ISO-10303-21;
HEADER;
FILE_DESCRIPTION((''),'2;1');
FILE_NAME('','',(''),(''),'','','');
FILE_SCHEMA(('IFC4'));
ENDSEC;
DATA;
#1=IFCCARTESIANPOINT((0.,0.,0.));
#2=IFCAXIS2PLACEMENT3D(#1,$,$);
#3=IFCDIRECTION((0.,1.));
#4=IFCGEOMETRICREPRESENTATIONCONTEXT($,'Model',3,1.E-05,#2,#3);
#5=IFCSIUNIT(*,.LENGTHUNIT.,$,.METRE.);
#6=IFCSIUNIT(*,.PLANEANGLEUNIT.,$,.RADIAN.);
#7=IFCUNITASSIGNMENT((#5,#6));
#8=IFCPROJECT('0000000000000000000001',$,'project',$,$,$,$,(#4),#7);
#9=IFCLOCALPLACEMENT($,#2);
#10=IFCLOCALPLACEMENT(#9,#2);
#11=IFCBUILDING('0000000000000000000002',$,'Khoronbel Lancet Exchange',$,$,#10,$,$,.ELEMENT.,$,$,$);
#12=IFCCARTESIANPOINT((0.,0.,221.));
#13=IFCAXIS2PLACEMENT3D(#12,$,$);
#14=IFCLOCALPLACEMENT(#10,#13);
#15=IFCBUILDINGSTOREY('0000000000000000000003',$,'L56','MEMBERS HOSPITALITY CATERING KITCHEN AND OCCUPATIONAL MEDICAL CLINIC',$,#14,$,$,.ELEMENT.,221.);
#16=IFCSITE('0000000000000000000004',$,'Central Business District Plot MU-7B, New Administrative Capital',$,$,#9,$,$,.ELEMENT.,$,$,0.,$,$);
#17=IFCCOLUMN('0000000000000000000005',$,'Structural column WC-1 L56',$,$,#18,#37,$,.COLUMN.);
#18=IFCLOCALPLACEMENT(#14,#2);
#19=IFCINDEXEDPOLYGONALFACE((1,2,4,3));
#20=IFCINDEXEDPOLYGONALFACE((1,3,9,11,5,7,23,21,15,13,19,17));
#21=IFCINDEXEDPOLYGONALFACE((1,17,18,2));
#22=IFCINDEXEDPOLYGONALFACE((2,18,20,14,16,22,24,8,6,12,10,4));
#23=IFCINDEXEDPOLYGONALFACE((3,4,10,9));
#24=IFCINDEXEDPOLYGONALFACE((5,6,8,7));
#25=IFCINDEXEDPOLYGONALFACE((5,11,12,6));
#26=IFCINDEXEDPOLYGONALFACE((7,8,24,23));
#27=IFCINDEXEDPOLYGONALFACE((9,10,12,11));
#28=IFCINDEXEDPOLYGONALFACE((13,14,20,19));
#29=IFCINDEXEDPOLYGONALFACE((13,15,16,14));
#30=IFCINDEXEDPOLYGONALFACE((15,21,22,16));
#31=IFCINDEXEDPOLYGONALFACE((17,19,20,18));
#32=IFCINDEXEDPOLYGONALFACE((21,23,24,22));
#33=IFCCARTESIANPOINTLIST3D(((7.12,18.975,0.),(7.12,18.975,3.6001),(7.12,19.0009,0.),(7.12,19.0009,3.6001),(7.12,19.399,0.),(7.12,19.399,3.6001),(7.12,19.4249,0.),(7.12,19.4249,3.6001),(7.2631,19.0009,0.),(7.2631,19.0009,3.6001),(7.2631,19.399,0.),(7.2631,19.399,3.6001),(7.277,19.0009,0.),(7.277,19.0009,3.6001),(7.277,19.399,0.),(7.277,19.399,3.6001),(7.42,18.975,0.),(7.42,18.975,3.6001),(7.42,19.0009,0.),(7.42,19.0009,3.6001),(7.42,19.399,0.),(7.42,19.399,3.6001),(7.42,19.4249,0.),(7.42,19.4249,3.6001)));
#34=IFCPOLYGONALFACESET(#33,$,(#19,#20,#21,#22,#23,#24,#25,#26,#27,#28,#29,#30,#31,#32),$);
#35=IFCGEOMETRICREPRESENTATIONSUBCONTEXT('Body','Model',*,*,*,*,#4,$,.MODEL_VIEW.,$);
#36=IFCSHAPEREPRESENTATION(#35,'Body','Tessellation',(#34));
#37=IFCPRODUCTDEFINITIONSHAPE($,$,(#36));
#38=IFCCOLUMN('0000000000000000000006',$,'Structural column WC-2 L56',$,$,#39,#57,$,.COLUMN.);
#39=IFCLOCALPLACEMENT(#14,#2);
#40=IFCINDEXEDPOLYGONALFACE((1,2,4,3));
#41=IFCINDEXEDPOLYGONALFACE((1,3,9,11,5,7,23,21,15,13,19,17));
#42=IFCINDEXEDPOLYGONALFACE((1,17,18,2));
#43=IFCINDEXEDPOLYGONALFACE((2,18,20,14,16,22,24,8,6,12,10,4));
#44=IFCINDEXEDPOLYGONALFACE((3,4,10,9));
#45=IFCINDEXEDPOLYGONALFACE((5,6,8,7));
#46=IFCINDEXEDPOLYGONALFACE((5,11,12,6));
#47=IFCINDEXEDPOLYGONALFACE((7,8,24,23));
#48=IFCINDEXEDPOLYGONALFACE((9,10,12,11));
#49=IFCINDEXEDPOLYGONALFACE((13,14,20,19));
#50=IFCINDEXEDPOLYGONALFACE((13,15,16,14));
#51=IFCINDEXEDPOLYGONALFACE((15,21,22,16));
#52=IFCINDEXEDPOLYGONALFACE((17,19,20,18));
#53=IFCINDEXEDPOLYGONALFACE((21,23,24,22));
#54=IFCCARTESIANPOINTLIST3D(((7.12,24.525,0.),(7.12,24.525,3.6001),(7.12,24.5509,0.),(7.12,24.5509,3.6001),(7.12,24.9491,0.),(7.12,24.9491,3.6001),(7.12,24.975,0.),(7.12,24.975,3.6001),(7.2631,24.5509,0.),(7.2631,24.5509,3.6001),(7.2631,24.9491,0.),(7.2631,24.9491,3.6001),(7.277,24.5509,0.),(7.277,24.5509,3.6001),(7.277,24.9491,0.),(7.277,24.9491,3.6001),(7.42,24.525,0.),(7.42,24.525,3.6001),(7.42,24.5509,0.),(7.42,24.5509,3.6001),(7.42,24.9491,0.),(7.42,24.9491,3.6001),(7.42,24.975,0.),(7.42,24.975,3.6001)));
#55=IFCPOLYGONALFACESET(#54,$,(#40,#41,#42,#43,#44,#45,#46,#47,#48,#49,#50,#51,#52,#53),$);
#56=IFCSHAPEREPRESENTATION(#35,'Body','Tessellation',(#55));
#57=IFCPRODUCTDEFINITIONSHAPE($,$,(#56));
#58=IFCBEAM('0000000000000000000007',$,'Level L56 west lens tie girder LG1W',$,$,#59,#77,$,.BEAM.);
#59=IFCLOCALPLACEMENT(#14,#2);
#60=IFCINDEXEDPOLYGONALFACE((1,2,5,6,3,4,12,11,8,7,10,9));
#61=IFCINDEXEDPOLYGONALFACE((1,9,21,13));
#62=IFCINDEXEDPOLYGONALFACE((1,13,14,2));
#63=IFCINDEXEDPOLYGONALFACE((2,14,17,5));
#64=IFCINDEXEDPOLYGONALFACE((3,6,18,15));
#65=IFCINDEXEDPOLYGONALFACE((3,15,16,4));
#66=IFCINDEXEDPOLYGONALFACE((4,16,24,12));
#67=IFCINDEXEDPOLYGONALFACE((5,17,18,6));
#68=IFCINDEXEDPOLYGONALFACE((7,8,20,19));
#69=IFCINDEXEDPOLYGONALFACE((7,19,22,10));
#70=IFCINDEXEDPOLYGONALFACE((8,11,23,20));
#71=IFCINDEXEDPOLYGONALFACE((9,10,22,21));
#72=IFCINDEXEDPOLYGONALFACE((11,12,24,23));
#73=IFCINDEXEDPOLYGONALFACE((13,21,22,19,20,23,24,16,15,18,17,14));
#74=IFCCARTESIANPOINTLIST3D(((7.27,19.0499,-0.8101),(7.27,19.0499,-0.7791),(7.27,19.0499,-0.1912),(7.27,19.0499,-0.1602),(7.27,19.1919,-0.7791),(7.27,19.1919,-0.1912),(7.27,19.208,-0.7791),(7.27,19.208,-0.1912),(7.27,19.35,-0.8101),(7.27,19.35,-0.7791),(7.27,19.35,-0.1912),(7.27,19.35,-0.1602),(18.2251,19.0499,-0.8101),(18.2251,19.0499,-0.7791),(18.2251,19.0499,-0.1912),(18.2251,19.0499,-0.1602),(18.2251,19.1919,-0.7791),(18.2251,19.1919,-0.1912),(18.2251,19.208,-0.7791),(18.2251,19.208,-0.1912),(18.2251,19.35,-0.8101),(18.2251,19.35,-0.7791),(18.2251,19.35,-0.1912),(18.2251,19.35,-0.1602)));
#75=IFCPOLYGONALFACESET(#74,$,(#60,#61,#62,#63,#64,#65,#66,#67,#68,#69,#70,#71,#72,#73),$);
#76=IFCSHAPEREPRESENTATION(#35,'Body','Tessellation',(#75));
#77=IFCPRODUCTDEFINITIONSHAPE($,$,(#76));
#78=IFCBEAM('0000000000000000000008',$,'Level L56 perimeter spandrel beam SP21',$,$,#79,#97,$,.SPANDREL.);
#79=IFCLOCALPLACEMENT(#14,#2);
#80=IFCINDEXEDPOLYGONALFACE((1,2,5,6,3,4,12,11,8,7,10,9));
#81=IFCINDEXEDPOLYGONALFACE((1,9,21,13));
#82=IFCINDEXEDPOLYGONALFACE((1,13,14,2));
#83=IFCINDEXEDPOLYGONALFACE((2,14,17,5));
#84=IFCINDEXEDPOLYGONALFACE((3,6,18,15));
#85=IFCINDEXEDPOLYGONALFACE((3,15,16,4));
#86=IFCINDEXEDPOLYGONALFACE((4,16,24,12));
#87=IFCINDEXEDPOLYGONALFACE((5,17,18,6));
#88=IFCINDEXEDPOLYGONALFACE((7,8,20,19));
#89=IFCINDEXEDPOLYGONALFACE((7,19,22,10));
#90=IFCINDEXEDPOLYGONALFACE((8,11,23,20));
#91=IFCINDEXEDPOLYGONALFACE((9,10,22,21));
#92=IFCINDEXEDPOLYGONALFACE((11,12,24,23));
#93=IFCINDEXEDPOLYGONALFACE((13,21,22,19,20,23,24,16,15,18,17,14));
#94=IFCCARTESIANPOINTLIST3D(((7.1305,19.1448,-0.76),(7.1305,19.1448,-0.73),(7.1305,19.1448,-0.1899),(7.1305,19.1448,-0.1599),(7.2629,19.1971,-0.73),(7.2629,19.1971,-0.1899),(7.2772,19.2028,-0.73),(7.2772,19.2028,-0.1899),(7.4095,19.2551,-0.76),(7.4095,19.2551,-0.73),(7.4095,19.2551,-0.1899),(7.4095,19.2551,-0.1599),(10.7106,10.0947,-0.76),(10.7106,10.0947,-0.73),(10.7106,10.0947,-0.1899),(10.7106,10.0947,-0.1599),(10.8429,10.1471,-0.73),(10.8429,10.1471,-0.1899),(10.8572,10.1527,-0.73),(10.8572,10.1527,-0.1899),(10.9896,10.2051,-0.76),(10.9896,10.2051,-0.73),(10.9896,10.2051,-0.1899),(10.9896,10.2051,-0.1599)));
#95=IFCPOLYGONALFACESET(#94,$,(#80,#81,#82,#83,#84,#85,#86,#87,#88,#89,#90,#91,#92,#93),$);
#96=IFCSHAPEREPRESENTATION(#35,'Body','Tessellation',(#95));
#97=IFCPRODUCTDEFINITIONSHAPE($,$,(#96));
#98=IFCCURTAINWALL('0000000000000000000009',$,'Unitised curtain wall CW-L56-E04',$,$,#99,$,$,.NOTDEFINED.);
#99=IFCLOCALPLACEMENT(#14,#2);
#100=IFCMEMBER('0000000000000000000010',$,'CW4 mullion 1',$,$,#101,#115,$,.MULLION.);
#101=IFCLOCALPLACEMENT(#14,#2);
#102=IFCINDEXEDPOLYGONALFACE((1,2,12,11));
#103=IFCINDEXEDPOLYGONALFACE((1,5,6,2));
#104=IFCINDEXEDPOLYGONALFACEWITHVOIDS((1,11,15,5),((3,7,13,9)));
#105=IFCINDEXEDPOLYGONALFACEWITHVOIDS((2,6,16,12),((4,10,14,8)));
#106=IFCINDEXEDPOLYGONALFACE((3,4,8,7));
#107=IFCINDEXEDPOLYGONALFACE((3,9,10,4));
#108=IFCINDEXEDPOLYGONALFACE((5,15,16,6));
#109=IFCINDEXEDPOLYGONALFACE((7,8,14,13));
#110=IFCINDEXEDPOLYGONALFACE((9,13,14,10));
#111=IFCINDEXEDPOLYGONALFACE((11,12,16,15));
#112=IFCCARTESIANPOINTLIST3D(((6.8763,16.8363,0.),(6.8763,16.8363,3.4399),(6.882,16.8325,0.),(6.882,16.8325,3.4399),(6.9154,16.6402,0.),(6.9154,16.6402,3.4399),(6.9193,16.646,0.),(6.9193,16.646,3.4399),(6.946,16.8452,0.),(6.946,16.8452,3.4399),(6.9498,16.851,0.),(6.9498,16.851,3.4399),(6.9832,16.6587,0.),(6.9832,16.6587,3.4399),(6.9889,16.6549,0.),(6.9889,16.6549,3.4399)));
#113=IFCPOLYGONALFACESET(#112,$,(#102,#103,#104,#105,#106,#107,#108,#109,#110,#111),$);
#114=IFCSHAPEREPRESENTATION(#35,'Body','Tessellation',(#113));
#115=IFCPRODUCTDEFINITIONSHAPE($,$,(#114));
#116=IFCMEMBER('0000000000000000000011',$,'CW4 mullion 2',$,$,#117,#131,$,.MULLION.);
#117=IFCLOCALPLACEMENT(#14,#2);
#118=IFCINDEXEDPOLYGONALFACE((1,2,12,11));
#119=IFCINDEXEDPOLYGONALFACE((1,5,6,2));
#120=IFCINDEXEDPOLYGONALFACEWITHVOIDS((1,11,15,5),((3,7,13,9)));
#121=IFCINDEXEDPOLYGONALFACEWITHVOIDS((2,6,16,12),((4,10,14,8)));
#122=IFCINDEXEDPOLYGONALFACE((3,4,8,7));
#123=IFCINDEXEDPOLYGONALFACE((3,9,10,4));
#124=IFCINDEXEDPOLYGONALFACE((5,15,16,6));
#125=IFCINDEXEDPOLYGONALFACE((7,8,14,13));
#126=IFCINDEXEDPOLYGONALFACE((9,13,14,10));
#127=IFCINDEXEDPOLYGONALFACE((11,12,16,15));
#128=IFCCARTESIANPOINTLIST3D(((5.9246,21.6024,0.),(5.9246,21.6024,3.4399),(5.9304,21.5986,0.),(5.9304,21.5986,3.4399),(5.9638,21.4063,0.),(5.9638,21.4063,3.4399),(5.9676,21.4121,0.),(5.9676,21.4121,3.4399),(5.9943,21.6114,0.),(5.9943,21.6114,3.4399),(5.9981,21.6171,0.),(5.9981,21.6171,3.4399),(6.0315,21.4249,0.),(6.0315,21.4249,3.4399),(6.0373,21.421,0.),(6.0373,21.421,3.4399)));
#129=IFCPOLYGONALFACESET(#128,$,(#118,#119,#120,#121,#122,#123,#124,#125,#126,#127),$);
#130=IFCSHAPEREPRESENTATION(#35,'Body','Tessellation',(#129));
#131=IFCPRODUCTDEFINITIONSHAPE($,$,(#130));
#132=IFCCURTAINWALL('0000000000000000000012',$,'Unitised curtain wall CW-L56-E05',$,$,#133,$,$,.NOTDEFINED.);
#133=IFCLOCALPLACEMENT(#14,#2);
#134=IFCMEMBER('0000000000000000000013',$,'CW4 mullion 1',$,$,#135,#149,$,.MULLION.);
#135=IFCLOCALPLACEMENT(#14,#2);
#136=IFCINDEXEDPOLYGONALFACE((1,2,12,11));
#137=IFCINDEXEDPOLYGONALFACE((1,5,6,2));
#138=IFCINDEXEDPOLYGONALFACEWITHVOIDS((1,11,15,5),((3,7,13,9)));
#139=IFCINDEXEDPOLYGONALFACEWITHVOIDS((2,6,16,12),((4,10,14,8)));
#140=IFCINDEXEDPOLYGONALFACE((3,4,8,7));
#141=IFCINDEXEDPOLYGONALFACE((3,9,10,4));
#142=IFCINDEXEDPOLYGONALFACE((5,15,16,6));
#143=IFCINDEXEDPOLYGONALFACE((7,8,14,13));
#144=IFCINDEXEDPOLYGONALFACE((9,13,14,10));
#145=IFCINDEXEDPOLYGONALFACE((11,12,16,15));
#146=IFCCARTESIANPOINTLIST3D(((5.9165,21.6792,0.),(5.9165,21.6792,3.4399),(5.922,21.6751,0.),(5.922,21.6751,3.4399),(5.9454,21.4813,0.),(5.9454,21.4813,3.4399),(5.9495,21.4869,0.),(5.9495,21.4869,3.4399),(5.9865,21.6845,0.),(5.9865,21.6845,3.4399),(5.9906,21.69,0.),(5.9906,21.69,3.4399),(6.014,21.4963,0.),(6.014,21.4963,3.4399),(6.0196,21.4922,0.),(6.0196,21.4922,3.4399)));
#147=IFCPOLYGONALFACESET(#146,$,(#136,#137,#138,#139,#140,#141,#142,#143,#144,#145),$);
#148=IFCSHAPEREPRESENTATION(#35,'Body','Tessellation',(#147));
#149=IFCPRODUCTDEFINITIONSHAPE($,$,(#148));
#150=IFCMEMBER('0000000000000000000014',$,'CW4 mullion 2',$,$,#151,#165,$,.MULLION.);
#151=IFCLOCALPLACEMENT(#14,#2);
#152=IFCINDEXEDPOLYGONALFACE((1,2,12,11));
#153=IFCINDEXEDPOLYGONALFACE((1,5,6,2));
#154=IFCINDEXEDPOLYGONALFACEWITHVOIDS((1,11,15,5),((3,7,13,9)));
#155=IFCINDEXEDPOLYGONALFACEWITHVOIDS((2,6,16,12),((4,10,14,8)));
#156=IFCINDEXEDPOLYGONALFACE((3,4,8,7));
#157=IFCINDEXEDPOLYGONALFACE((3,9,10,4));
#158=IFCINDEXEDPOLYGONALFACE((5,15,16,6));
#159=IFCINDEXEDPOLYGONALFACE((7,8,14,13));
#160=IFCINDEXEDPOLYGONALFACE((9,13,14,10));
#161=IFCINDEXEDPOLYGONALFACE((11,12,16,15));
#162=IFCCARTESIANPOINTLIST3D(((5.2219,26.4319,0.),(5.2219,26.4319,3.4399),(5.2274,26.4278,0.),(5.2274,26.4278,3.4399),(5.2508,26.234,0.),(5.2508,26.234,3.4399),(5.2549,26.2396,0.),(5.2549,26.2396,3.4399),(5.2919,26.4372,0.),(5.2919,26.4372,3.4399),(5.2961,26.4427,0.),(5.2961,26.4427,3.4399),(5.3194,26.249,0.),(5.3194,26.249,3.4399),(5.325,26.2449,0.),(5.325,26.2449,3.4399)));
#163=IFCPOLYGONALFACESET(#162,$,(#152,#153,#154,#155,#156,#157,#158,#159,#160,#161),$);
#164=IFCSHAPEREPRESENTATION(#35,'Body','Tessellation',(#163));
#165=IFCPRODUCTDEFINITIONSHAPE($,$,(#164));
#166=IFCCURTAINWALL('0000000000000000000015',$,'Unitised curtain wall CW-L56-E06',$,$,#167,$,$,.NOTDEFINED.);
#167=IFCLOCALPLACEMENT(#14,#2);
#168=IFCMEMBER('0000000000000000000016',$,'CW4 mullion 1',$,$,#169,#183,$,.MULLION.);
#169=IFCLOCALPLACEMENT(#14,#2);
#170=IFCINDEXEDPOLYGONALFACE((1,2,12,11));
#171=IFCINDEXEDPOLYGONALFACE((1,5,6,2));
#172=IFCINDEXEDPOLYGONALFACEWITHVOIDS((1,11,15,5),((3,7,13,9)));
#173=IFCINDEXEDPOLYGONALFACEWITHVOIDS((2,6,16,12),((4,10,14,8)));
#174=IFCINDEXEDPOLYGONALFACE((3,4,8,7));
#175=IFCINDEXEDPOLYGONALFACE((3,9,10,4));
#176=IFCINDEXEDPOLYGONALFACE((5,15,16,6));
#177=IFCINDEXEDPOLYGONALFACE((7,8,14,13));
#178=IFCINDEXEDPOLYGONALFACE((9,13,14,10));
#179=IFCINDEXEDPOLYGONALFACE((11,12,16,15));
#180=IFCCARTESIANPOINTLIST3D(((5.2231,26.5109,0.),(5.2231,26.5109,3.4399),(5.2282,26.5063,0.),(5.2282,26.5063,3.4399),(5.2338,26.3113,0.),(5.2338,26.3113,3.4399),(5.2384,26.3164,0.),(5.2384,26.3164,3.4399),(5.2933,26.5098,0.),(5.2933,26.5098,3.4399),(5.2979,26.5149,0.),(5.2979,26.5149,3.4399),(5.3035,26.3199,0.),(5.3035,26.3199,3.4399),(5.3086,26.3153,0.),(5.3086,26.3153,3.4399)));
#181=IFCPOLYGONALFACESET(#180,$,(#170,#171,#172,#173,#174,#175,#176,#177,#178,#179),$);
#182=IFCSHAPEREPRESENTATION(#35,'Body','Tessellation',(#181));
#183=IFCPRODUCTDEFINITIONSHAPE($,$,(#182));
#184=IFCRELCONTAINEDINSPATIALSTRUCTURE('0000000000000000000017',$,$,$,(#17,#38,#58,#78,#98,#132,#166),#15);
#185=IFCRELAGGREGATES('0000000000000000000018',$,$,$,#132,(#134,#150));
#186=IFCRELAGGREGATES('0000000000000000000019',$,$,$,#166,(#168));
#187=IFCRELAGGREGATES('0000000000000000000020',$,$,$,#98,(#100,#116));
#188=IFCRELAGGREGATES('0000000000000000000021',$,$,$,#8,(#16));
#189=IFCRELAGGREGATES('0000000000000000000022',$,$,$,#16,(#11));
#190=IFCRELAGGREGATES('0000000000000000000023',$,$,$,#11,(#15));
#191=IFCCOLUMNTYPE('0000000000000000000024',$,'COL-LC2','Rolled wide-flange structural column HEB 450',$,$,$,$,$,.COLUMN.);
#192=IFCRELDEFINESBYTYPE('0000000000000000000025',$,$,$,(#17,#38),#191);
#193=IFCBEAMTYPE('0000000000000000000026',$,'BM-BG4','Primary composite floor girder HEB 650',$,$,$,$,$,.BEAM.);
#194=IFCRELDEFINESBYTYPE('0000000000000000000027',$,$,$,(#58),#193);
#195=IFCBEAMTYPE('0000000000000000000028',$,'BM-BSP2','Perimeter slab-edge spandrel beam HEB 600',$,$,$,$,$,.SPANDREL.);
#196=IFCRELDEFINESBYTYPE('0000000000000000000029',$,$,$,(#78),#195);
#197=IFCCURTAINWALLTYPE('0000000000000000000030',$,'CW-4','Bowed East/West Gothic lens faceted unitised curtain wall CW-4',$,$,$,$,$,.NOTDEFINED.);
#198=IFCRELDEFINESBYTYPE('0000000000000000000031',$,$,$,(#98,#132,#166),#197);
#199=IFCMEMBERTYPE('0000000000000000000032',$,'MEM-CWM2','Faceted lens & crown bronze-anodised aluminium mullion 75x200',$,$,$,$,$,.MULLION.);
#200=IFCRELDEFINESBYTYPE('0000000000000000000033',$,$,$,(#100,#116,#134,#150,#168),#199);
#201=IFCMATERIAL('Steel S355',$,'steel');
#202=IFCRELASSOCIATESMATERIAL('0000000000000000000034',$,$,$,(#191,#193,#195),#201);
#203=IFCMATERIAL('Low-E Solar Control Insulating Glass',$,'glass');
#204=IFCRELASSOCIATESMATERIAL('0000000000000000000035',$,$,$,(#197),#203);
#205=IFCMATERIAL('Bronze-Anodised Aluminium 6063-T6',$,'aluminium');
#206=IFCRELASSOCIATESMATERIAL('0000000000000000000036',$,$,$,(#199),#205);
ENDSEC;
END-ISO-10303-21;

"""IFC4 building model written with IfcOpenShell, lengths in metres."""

from ifc_helpers import new_model, si_unit, direction, frame, origin, origin_2d, place, context, subcontext, project, spatial, hollow_rectangle, i_section, extrude, material, material_profile, profile_set, type_object, element, aggregate, save


model = new_model("IFC4")

# Units and contexts
model_context = context("Model", 3, precision=1e-05, world=origin(), true_north=direction((0.0, 1.0)))
body_context = subcontext(model_context, "Body", "Model", "MODEL_VIEW")
ifc_project = project(units=[si_unit("LENGTHUNIT", "METRE"), si_unit("PLANEANGLEUNIT", "RADIAN")], contexts=[model_context])

# Site, building, storey
site_placement = place(None, origin())
site = spatial("IfcSite", under=ifc_project, at=site_placement, Name="Central Business District Plot MU-7B, New Administrative Capital", CompositionType="ELEMENT", RefElevation=0.0)
building_placement = place(site_placement, origin())
building = spatial("IfcBuilding", under=site, at=building_placement, Name="Khoronbel Lancet Exchange", CompositionType="ELEMENT")
storey_placement = place(building_placement, frame((0.0, 0.0, 221.0)))
storey = spatial("IfcBuildingStorey", under=building, at=storey_placement, Name="L56", Description="MEMBERS HOSPITALITY CATERING KITCHEN AND OCCUPATIONAL MEDICAL CLINIC", CompositionType="ELEMENT", Elevation=221.0)

# Columns
ifc_material_1 = material(Name="Steel S355", Category="steel")
ifc_material_profile_1 = material_profile(ifc_material_1, i_section(OverallWidth=0.3, OverallDepth=0.45, WebThickness=0.0139, FlangeThickness=0.0259, at=origin_2d()), Name="HEB 450")
ifc_profile_set_1 = profile_set([ifc_material_profile_1], Name="Steel S355")
column_type = type_object("IfcColumnType", Name="COL-LC2", Description="Rolled wide-flange structural column HEB 450", PredefinedType="COLUMN", material=ifc_profile_set_1)
for number, where, z_axis, x_axis, name in (
    (1, (7.27, 19.2, 0.0), (0.0, 0.0, 1.0), (1.0, 0.0, 0.0), "Structural column WC-1 L56"),
    (2, (7.27, 24.75, 0.0), (0.0, 0.0, 1.0), (1.0, 0.0, 0.0), "Structural column WC-2 L56"),
):
    element("IfcColumn", number, at=place(storey_placement, frame(where, z_axis=z_axis, x_axis=x_axis)), inside=storey, type_object=column_type, Name=name, PredefinedType="COLUMN", context=body_context, shape_type="SweptSolid", body=[
        extrude(i_section(OverallWidth=0.3, OverallDepth=0.45, WebThickness=0.0139, FlangeThickness=0.0259, at=origin_2d()), origin(), (0.0, 0.0, 1.0), 3.6001),
    ])

# Beams
ifc_material_profile_2 = material_profile(ifc_material_1, i_section(OverallWidth=0.3, OverallDepth=0.6499, WebThickness=0.0161, FlangeThickness=0.031, at=origin_2d()), Name="HEB 650")
ifc_profile_set_2 = profile_set([ifc_material_profile_2], Name="Steel S355")
beam_type_1 = type_object("IfcBeamType", Name="BM-BG4", Description="Primary composite floor girder HEB 650", PredefinedType="BEAM", material=ifc_profile_set_2)
beam_1_placement = place(storey_placement, frame((7.27, 19.2, -0.4851), z_axis=(1.0, 0.0, 0.0), x_axis=(0.0, 1.0, 0.0)))
element("IfcBeam", 3, at=beam_1_placement, inside=storey, type_object=beam_type_1, Name="Level L56 west lens tie girder LG1W", PredefinedType="BEAM", context=body_context, shape_type="SweptSolid", body=[
    extrude(i_section(OverallWidth=0.3, OverallDepth=0.6499, WebThickness=0.0161, FlangeThickness=0.031, at=origin_2d()), origin(), (0.0, 0.0, 1.0), 10.9551),
])
ifc_material_profile_3 = material_profile(ifc_material_1, i_section(OverallWidth=0.3, OverallDepth=0.6001, WebThickness=0.0154, FlangeThickness=0.03, at=origin_2d()), Name="HEB 600")
ifc_profile_set_3 = profile_set([ifc_material_profile_3], Name="Steel S355")
beam_type_2 = type_object("IfcBeamType", Name="BM-BSP2", Description="Perimeter slab-edge spandrel beam HEB 600", PredefinedType="SPANDREL", material=ifc_profile_set_3)
beam_2_placement = place(storey_placement, frame((7.27, 19.2, -0.46), z_axis=(0.36785, -0.929885, 0.0), x_axis=(0.929885, 0.36785, 0.0)))
element("IfcBeam", 4, at=beam_2_placement, inside=storey, type_object=beam_type_2, Name="Level L56 perimeter spandrel beam SP21", PredefinedType="SPANDREL", context=body_context, shape_type="SweptSolid", body=[
    extrude(i_section(OverallWidth=0.3, OverallDepth=0.6001, WebThickness=0.0154, FlangeThickness=0.03, at=origin_2d()), origin(), (0.0, 0.0, 1.0), 9.7324),
])

# Curtain walls, members
ifc_material_2 = material(Name="Low-E Solar Control Insulating Glass", Category="glass")
curtain_wall_type = type_object("IfcCurtainWallType", Name="CW-4", Description="Bowed East/West Gothic lens faceted unitised curtain wall CW-4", PredefinedType="NOTDEFINED", material=ifc_material_2)
curtain_wall_1_placement = place(storey_placement, origin())
curtain_wall_1 = element("IfcCurtainWall", 5, at=curtain_wall_1_placement, inside=storey, type_object=curtain_wall_type, Name="Unitised curtain wall CW-L56-E04", PredefinedType="NOTDEFINED")
ifc_material_3 = material(Name="Bronze-Anodised Aluminium 6063-T6", Category="aluminium")
ifc_material_profile_4 = material_profile(ifc_material_3, hollow_rectangle(XDim=0.075, YDim=0.2, WallThickness=0.0049, at=origin_2d()), Name="ALU MULLION 75x200")
ifc_profile_set_4 = profile_set([ifc_material_profile_4], Name="Bronze-Anodised Aluminium 6063-T6")
member_type_1 = type_object("IfcMemberType", Name="MEM-CWM2", Description="Faceted lens & crown bronze-anodised aluminium mullion 75x200", PredefinedType="MULLION", material=ifc_profile_set_4)
member_1_placement = place(storey_placement, frame((6.9326, 16.7456, 0.0), z_axis=(0.0, 0.0, 1.0), x_axis=(-0.980637, -0.195836, 0.0)))
member_1 = element("IfcMember", 6, at=member_1_placement, type_object=member_type_1, Name="CW4 mullion 1", PredefinedType="MULLION", context=body_context, shape_type="SweptSolid", body=[
    extrude(hollow_rectangle(XDim=0.075, YDim=0.2, WallThickness=0.0049, at=origin_2d()), origin(), (0.0, 0.0, 1.0), 3.4399),
])
member_2_placement = place(storey_placement, frame((5.981, 21.5117, 0.0), z_axis=(0.0, 0.0, 1.0), x_axis=(-0.980637, -0.195836, 0.0)))
member_2 = element("IfcMember", 7, at=member_2_placement, type_object=member_type_1, Name="CW4 mullion 2", PredefinedType="MULLION", context=body_context, shape_type="SweptSolid", body=[
    extrude(hollow_rectangle(XDim=0.075, YDim=0.2, WallThickness=0.0049, at=origin_2d()), origin(), (0.0, 0.0, 1.0), 3.4399),
])
curtain_wall_2_placement = place(storey_placement, origin())
curtain_wall_2 = element("IfcCurtainWall", 8, at=curtain_wall_2_placement, inside=storey, type_object=curtain_wall_type, Name="Unitised curtain wall CW-L56-E05", PredefinedType="NOTDEFINED")
member_3_placement = place(storey_placement, frame((5.968, 21.5857, 0.0), z_axis=(0.0, 0.0, 1.0), x_axis=(-0.989484, -0.144641, 0.0)))
member_3 = element("IfcMember", 9, at=member_3_placement, type_object=member_type_1, Name="CW4 mullion 1", PredefinedType="MULLION", context=body_context, shape_type="SweptSolid", body=[
    extrude(hollow_rectangle(XDim=0.075, YDim=0.2, WallThickness=0.0049, at=origin_2d()), origin(), (0.0, 0.0, 1.0), 3.4399),
])
member_4_placement = place(storey_placement, frame((5.2734, 26.3384, 0.0), z_axis=(0.0, 0.0, 1.0), x_axis=(-0.989484, -0.144641, 0.0)))
member_4 = element("IfcMember", 10, at=member_4_placement, type_object=member_type_1, Name="CW4 mullion 2", PredefinedType="MULLION", context=body_context, shape_type="SweptSolid", body=[
    extrude(hollow_rectangle(XDim=0.075, YDim=0.2, WallThickness=0.0049, at=origin_2d()), origin(), (0.0, 0.0, 1.0), 3.4399),
])
curtain_wall_3_placement = place(storey_placement, origin())
curtain_wall_3 = element("IfcCurtainWall", 11, at=curtain_wall_3_placement, inside=storey, type_object=curtain_wall_type, Name="Unitised curtain wall CW-L56-E06", PredefinedType="NOTDEFINED")
member_5_placement = place(storey_placement, frame((5.2659, 26.4131, 0.0), z_axis=(0.0, 0.0, 1.0), x_axis=(-0.998571, -0.053443, 0.0)))
member_5 = element("IfcMember", 12, at=member_5_placement, type_object=member_type_1, Name="CW4 mullion 1", PredefinedType="MULLION", context=body_context, shape_type="SweptSolid", body=[
    extrude(hollow_rectangle(XDim=0.075, YDim=0.2, WallThickness=0.0049, at=origin_2d()), origin(), (0.0, 0.0, 1.0), 3.4399),
])

aggregate(curtain_wall_2, [member_3, member_4])
aggregate(curtain_wall_3, [member_5])
aggregate(curtain_wall_1, [member_1, member_2])

save(model, "model.ifc")
